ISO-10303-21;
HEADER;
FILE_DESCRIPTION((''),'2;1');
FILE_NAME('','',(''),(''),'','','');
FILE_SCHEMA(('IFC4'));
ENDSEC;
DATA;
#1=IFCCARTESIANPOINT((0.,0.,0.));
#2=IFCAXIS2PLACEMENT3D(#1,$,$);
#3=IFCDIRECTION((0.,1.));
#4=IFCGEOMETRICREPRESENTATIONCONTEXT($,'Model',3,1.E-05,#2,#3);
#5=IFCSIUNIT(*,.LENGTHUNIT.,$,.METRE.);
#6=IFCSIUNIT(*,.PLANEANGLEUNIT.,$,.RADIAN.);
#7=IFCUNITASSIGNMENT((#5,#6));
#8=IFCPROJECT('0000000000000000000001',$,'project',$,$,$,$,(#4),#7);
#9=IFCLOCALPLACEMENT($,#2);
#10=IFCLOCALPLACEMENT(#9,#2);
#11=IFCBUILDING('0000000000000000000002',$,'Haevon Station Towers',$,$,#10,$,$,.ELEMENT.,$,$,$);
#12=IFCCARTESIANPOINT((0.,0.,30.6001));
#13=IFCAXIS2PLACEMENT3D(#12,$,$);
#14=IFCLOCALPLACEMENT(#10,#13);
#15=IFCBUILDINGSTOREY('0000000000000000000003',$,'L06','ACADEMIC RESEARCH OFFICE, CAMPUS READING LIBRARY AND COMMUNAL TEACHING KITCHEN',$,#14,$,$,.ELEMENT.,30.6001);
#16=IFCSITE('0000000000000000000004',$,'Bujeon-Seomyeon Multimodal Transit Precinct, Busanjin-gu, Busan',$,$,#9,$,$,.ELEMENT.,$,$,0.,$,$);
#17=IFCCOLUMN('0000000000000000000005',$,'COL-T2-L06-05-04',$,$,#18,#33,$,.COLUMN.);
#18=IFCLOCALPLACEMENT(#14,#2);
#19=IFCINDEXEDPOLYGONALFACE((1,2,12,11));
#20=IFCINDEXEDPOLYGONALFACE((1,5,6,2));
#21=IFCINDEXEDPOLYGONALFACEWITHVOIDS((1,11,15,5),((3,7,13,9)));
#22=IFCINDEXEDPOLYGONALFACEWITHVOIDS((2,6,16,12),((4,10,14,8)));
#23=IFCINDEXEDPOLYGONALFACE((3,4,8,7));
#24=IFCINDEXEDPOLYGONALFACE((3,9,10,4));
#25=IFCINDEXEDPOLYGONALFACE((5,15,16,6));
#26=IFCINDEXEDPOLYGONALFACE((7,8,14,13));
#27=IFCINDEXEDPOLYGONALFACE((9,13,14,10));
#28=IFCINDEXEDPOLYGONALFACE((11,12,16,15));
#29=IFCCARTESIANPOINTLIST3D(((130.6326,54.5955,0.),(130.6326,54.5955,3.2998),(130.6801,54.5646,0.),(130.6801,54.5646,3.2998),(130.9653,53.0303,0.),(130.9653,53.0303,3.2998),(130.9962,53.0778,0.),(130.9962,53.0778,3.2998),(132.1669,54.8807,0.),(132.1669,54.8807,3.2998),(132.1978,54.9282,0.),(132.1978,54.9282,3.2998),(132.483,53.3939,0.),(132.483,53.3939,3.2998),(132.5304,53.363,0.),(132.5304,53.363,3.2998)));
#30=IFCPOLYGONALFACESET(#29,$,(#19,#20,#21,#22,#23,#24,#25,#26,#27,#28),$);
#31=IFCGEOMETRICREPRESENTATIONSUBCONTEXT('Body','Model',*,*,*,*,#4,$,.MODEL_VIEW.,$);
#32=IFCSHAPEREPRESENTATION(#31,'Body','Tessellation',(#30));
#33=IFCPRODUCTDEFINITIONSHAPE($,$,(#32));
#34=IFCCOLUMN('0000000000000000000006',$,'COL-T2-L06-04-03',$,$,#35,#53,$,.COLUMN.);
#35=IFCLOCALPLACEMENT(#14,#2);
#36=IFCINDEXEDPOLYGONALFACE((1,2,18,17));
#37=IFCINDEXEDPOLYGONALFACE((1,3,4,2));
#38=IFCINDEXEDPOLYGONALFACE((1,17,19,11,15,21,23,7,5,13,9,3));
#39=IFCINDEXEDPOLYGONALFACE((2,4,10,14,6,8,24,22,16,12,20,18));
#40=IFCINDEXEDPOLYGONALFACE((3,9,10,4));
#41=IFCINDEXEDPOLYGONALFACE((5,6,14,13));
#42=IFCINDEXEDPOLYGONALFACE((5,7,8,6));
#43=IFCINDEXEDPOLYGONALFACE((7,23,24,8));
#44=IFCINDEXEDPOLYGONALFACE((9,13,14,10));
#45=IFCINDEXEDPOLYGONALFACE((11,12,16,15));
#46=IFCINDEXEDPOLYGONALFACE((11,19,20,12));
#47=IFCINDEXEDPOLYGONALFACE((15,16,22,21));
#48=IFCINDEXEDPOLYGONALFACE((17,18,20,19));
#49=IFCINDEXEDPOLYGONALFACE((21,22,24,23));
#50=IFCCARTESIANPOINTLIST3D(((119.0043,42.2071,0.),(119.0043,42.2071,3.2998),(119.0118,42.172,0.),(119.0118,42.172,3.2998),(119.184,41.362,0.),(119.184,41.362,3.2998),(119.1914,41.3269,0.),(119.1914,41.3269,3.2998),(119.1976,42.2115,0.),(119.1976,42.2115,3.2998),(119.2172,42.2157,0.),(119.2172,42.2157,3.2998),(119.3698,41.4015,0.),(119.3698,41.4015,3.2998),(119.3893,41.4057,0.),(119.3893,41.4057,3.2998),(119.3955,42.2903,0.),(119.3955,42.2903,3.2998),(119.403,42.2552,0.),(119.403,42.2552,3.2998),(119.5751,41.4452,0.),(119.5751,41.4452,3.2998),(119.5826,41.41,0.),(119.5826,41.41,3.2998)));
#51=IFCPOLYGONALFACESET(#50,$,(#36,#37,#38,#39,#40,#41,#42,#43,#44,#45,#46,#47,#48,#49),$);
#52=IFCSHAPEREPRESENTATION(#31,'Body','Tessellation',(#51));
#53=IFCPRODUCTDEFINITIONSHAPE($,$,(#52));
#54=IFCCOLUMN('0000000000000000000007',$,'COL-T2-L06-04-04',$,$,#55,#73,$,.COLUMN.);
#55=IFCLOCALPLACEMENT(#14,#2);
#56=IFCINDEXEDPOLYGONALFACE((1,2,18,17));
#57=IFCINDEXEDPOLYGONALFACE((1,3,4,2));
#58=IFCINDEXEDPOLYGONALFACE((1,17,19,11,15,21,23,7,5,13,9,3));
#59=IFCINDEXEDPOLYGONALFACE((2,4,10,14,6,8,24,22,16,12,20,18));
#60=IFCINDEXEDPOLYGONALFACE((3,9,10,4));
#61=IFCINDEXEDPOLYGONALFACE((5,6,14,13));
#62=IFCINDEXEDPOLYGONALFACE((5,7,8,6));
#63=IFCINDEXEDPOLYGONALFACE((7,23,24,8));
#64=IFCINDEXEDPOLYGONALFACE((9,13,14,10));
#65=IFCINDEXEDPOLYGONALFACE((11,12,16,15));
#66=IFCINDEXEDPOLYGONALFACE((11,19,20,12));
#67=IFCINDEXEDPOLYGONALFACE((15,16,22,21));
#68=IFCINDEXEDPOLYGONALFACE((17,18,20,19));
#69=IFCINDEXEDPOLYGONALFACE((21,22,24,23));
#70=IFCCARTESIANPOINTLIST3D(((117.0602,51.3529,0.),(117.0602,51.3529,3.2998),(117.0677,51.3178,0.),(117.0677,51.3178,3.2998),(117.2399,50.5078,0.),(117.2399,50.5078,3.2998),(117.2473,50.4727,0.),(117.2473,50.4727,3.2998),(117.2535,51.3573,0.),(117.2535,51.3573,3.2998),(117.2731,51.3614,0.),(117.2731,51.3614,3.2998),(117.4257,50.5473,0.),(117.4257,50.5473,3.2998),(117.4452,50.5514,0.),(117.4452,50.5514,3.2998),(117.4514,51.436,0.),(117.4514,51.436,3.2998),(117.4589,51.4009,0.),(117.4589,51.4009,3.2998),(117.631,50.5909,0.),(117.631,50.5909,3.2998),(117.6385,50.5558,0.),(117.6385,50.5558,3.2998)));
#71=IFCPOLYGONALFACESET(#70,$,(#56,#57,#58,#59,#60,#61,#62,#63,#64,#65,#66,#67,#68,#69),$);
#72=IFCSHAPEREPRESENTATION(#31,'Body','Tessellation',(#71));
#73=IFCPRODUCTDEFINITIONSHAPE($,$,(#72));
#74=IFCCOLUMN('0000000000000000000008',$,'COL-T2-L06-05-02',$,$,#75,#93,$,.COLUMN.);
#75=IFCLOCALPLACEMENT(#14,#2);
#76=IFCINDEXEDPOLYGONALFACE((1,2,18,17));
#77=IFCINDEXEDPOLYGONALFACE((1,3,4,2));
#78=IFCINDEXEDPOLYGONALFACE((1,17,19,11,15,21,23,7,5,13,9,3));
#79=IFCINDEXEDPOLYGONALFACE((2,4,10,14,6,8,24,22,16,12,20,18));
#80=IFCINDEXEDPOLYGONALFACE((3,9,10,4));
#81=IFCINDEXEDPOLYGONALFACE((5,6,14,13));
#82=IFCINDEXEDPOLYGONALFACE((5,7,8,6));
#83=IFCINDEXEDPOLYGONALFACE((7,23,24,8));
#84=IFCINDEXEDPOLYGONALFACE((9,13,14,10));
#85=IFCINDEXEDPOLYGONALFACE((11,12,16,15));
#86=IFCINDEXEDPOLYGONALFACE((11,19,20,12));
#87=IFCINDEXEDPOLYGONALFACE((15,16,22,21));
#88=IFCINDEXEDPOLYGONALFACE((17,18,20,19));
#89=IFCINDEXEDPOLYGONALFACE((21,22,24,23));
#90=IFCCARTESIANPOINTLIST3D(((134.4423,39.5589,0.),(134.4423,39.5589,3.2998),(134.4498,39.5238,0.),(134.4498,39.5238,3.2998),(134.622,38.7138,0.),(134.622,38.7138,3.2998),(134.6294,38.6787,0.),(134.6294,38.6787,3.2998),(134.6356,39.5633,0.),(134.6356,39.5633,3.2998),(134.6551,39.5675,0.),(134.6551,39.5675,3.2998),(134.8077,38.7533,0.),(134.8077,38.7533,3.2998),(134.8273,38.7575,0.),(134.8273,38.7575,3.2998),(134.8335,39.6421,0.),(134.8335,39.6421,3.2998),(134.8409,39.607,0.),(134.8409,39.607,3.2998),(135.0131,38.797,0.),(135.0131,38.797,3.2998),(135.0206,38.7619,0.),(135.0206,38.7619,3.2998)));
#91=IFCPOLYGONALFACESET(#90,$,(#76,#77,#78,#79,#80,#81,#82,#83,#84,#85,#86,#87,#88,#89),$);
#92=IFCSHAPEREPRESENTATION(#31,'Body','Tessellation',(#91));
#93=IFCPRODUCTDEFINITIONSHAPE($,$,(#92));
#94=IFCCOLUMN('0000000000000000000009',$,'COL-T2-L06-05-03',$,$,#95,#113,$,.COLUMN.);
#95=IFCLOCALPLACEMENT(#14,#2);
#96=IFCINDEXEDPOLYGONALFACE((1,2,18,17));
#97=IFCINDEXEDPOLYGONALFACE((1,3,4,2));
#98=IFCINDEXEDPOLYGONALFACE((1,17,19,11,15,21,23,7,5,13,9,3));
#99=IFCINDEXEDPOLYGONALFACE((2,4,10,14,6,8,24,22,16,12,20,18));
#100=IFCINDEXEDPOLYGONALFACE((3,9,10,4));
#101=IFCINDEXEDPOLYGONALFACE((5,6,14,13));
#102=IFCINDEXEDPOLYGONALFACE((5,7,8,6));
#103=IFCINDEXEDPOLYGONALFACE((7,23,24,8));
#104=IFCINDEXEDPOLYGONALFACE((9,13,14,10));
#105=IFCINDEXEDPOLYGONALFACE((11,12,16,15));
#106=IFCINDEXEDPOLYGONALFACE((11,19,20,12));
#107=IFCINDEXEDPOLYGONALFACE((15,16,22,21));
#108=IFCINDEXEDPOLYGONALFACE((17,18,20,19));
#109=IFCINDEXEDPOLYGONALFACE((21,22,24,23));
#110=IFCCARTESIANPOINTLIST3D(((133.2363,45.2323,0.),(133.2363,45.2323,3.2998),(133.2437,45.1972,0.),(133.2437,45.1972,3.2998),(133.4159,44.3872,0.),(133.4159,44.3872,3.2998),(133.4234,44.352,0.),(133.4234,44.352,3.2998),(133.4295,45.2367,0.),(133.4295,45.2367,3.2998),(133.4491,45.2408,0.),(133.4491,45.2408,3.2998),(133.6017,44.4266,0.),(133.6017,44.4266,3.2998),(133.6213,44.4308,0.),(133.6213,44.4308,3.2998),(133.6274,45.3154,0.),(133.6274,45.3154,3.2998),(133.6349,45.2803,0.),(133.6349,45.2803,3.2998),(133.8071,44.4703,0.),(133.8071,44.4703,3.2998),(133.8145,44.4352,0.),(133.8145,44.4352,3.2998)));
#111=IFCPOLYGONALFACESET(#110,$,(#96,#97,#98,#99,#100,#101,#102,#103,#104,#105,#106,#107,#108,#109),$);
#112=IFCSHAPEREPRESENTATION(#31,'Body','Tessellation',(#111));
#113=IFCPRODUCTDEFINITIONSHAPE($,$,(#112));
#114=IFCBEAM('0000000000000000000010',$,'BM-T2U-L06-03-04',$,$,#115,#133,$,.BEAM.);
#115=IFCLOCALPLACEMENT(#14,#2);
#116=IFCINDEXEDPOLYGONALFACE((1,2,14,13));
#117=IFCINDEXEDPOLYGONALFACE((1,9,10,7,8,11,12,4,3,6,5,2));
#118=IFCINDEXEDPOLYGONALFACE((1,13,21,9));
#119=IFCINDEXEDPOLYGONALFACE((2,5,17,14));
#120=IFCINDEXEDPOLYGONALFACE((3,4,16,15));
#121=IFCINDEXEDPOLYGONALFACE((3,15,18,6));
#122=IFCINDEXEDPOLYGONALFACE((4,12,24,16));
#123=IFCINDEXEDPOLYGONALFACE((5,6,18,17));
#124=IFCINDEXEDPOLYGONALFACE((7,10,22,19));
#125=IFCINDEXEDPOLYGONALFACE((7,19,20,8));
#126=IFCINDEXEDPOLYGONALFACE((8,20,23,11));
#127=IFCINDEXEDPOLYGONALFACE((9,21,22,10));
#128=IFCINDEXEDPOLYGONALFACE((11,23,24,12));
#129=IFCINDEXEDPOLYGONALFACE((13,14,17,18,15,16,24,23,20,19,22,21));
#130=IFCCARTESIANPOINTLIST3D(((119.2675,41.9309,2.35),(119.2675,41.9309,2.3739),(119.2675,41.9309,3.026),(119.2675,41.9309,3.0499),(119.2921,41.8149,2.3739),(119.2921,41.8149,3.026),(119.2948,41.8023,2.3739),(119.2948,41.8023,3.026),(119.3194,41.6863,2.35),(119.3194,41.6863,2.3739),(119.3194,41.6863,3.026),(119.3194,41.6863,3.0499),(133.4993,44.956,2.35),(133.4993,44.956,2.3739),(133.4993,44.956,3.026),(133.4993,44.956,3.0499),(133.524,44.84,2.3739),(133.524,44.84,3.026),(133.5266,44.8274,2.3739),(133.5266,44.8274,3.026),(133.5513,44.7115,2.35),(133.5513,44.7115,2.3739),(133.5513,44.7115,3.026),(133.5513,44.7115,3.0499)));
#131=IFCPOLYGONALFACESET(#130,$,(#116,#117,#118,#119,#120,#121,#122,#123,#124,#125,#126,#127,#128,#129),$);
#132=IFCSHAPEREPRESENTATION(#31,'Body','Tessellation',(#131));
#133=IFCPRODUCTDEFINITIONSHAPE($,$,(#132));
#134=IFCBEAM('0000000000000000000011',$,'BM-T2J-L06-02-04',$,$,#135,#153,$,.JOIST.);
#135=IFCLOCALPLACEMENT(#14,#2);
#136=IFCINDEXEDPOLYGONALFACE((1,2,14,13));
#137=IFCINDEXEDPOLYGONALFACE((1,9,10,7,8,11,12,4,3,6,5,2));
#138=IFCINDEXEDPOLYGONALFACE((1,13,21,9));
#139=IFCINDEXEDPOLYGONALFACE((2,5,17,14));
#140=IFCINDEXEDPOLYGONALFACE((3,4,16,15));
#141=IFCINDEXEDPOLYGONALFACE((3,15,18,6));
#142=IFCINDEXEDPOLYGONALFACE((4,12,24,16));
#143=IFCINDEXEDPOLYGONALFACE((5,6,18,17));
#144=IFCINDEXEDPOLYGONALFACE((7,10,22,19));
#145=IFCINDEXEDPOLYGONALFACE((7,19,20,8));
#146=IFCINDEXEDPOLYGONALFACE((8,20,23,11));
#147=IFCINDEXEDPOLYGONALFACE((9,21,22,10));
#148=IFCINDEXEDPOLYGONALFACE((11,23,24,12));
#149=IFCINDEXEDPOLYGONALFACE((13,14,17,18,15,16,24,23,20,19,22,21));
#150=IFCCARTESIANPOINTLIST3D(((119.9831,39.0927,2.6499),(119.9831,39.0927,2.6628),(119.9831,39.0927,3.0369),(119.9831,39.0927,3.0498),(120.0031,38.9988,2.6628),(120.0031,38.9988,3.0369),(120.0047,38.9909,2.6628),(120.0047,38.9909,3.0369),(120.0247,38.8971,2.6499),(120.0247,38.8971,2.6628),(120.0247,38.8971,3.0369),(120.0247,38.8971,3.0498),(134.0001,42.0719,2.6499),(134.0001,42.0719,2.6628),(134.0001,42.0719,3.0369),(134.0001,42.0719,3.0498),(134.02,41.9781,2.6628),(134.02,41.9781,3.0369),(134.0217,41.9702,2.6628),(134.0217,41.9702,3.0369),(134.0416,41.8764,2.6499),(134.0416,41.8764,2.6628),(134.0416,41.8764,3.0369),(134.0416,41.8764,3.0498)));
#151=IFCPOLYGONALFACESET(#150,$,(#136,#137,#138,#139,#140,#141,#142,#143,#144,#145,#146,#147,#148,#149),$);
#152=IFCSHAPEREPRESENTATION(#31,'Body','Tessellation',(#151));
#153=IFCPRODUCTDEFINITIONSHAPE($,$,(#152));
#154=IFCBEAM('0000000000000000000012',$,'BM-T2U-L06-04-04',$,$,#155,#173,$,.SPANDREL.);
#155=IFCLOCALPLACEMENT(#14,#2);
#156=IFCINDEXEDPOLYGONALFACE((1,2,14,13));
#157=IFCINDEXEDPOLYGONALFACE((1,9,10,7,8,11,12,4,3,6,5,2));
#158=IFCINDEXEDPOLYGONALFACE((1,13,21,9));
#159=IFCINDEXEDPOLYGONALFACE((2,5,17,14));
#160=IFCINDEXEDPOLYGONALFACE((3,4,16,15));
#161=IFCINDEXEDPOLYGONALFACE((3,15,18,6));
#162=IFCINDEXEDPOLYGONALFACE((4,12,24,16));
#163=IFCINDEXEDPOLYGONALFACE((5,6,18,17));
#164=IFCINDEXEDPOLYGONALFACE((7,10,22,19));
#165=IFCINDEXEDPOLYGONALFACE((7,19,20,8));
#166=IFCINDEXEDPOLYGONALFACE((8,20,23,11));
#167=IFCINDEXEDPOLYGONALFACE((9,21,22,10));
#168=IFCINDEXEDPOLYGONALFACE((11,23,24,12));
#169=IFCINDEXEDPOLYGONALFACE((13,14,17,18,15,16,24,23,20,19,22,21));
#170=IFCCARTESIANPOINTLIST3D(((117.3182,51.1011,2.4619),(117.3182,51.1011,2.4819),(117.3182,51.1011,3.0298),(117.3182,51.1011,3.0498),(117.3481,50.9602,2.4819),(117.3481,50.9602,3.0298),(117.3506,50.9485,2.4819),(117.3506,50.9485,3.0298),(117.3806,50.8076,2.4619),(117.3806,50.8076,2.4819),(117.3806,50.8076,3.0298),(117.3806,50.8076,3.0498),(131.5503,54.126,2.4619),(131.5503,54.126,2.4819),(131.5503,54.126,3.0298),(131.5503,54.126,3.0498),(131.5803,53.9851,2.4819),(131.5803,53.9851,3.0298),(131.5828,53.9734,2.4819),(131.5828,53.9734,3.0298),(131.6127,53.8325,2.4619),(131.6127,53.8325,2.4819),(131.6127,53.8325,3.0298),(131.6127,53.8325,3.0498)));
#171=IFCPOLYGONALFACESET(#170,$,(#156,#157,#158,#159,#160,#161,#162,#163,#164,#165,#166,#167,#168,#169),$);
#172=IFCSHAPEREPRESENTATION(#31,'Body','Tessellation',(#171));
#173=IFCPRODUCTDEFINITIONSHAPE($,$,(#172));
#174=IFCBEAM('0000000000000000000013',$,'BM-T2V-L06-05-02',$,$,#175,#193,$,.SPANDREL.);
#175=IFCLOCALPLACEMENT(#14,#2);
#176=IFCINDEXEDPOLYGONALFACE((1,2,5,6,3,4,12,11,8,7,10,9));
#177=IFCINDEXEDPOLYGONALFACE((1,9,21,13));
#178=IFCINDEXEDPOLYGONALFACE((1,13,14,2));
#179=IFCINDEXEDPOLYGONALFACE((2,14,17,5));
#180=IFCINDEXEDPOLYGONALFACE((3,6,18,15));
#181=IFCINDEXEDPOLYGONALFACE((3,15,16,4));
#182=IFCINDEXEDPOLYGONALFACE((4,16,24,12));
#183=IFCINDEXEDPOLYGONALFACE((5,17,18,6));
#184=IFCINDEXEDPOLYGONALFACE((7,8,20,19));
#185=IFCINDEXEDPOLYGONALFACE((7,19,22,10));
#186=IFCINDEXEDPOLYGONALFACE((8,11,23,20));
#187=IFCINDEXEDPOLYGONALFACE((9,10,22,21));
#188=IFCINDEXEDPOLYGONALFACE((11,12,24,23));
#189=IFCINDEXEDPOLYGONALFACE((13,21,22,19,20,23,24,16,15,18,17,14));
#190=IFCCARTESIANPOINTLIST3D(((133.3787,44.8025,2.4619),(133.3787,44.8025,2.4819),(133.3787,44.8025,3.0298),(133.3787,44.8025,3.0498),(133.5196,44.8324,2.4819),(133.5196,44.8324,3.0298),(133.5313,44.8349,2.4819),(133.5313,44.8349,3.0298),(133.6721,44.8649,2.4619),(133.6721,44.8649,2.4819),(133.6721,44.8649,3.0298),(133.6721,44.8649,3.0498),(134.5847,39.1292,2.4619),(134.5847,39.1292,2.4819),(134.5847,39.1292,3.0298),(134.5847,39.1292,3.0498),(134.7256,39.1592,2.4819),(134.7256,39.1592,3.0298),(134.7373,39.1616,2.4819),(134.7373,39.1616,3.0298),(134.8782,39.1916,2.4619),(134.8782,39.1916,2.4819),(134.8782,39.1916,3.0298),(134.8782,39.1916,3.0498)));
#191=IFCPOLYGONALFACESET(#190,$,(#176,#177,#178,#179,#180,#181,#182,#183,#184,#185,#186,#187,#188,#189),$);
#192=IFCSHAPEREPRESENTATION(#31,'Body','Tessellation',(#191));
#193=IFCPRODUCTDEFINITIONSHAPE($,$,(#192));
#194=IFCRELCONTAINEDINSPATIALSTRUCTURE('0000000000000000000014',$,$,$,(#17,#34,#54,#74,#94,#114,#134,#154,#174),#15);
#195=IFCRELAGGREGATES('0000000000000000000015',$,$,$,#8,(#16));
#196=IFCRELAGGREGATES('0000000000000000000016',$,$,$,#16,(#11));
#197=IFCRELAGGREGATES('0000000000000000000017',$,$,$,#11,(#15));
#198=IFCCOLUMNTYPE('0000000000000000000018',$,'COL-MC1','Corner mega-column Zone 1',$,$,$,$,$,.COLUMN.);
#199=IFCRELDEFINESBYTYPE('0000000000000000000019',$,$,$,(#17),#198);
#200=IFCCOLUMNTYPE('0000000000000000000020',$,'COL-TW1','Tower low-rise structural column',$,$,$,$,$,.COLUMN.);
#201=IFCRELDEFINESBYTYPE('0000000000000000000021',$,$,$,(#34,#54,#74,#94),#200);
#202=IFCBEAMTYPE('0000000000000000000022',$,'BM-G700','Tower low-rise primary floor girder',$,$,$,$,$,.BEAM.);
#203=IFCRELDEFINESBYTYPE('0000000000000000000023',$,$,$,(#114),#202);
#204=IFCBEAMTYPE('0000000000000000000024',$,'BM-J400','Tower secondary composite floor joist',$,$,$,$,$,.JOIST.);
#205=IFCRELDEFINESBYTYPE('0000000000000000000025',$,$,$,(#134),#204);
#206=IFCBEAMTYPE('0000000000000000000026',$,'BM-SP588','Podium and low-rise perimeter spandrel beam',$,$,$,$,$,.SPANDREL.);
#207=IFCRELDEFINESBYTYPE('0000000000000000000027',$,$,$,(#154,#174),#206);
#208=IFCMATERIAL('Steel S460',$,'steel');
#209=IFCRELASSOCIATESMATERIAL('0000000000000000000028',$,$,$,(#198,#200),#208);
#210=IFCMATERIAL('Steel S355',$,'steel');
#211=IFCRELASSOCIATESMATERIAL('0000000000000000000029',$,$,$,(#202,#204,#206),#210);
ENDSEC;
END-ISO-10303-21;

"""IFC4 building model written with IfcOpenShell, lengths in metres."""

from ifc_helpers import new_model, si_unit, direction, frame, origin, origin_2d, place, context, subcontext, project, spatial, hollow_rectangle, i_section, extrude, material, material_profile, profile_set, type_object, element, save


model = new_model("IFC4")

# Units and contexts
model_context = context("Model", 3, precision=1e-05, world=origin(), true_north=direction((0.0, 1.0)))
body_context = subcontext(model_context, "Body", "Model", "MODEL_VIEW")
ifc_project = project(units=[si_unit("LENGTHUNIT", "METRE"), si_unit("PLANEANGLEUNIT", "RADIAN")], contexts=[model_context])

# Site, building, storey
site_placement = place(None, origin())
site = spatial("IfcSite", under=ifc_project, at=site_placement, Name="Bujeon-Seomyeon Multimodal Transit Precinct, Busanjin-gu, Busan", CompositionType="ELEMENT", RefElevation=0.0)
building_placement = place(site_placement, origin())
building = spatial("IfcBuilding", under=site, at=building_placement, Name="Haevon Station Towers", CompositionType="ELEMENT")
storey_placement = place(building_placement, frame((0.0, 0.0, 30.6001)))
storey = spatial("IfcBuildingStorey", under=building, at=storey_placement, Name="L06", Description="ACADEMIC RESEARCH OFFICE, CAMPUS READING LIBRARY AND COMMUNAL TEACHING KITCHEN", CompositionType="ELEMENT", Elevation=30.6001)

# Columns
ifc_material_1 = material(Name="Steel S460", Category="steel")
ifc_material_profile_1 = material_profile(ifc_material_1, hollow_rectangle(XDim=1.6001, YDim=1.6001, WallThickness=0.04, at=origin_2d()), Name="BOX-1600x1600x40")
ifc_profile_set_1 = profile_set([ifc_material_profile_1], Name="Steel S460")
column_type_1 = type_object("IfcColumnType", Name="COL-MC1", Description="Corner mega-column Zone 1", PredefinedType="COLUMN", material=ifc_profile_set_1)
column_placement = place(storey_placement, frame((131.5815, 53.9792, 0.0), z_axis=(0.0, 0.0, 1.0), x_axis=(0.978148, 0.207912, 0.0)))
element("IfcColumn", 1, at=column_placement, inside=storey, type_object=column_type_1, Name="COL-T2-L06-05-04", PredefinedType="COLUMN", context=body_context, shape_type="SweptSolid", body=[
    extrude(hollow_rectangle(XDim=1.6001, YDim=1.6001, WallThickness=0.04, at=origin_2d()), origin(), (0.0, 0.0, 1.0), 3.2998),
])
ifc_material_profile_2 = material_profile(ifc_material_1, i_section(OverallWidth=0.3999, OverallDepth=0.8999, WebThickness=0.02, FlangeThickness=0.0359, at=origin_2d()), Name="H-900x400x20x36")
ifc_profile_set_2 = profile_set([ifc_material_profile_2], Name="Steel S460")
column_type_2 = type_object("IfcColumnType", Name="COL-TW1", Description="Tower low-rise structural column", PredefinedType="COLUMN", material=ifc_profile_set_2)
for number, where, z_axis, x_axis, name in (
    (2, (119.2935, 41.8086, 0.0), (0.0, 0.0, 1.0), (0.978148, 0.207912, 0.0), "COL-T2-L06-04-03"),
    (3, (117.3494, 50.9543, 0.0), (0.0, 0.0, 1.0), (0.978148, 0.207912, 0.0), "COL-T2-L06-04-04"),
    (4, (134.7314, 39.1604, 0.0), (0.0, 0.0, 1.0), (0.978148, 0.207912, 0.0), "COL-T2-L06-05-02"),
    (5, (133.5254, 44.8337, 0.0), (0.0, 0.0, 1.0), (0.978148, 0.207912, 0.0), "COL-T2-L06-05-03"),
):
    element("IfcColumn", number, at=place(storey_placement, frame(where, z_axis=z_axis, x_axis=x_axis)), inside=storey, type_object=column_type_2, Name=name, PredefinedType="COLUMN", context=body_context, shape_type="SweptSolid", body=[
        extrude(i_section(OverallWidth=0.3999, OverallDepth=0.8999, WebThickness=0.02, FlangeThickness=0.0359, at=origin_2d()), origin(), (0.0, 0.0, 1.0), 3.2998),
    ])

# Beams
ifc_material_2 = material(Name="Steel S355", Category="steel")
ifc_material_profile_3 = material_profile(ifc_material_2, i_section(OverallWidth=0.25, OverallDepth=0.7, WebThickness=0.0129, FlangeThickness=0.0239, at=origin_2d()), Name="H-700x250x13x24")
ifc_profile_set_3 = profile_set([ifc_material_profile_3], Name="Steel S355")
beam_type_1 = type_object("IfcBeamType", Name="BM-G700", Description="Tower low-rise primary floor girder", PredefinedType="BEAM", material=ifc_profile_set_3)
beam_1_placement = place(storey_placement, frame((119.2935, 41.8086, 2.7), z_axis=(0.978147, 0.207915, 0.0), x_axis=(-0.207915, 0.978147, 0.0)))
element("IfcBeam", 6, at=beam_1_placement, inside=storey, type_object=beam_type_1, Name="BM-T2U-L06-03-04", PredefinedType="BEAM", context=body_context, shape_type="SweptSolid", body=[
    extrude(i_section(OverallWidth=0.25, OverallDepth=0.7, WebThickness=0.0129, FlangeThickness=0.0239, at=origin_2d()), origin(), (0.0, 0.0, 1.0), 14.5498),
])
ifc_material_profile_4 = material_profile(ifc_material_2, i_section(OverallWidth=0.2, OverallDepth=0.3999, WebThickness=0.0081, FlangeThickness=0.0129, at=origin_2d()), Name="H-400x200x8x13")
ifc_profile_set_4 = profile_set([ifc_material_profile_4], Name="Steel S355")
beam_type_2 = type_object("IfcBeamType", Name="BM-J400", Description="Tower secondary composite floor joist", PredefinedType="JOIST", material=ifc_profile_set_4)
beam_2_placement = place(storey_placement, frame((120.0039, 38.9949, 2.8499), z_axis=(0.978149, 0.207903, 0.0), x_axis=(-0.207903, 0.978149, 0.0)))
element("IfcBeam", 7, at=beam_2_placement, inside=storey, type_object=beam_type_2, Name="BM-T2J-L06-02-04", PredefinedType="JOIST", context=body_context, shape_type="SweptSolid", body=[
    extrude(i_section(OverallWidth=0.2, OverallDepth=0.3999, WebThickness=0.0081, FlangeThickness=0.0129, at=origin_2d()), origin(), (0.0, 0.0, 1.0), 14.3301),
])
ifc_material_profile_5 = material_profile(ifc_material_2, i_section(OverallWidth=0.3, OverallDepth=0.5879, WebThickness=0.012, FlangeThickness=0.02, at=origin_2d()), Name="H-588x300x12x20")
ifc_profile_set_5 = profile_set([ifc_material_profile_5], Name="Steel S355")
beam_type_3 = type_object("IfcBeamType", Name="BM-SP588", Description="Podium and low-rise perimeter spandrel beam", PredefinedType="SPANDREL", material=ifc_profile_set_5)
beam_3_placement = place(storey_placement, frame((117.3494, 50.9543, 2.7559), z_axis=(0.978151, 0.207896, 0.0), x_axis=(-0.207896, 0.978151, 0.0)))
element("IfcBeam", 8, at=beam_3_placement, inside=storey, type_object=beam_type_3, Name="BM-T2U-L06-04-04", PredefinedType="SPANDREL", context=body_context, shape_type="SweptSolid", body=[
    extrude(i_section(OverallWidth=0.3, OverallDepth=0.5879, WebThickness=0.012, FlangeThickness=0.02, at=origin_2d()), origin(), (0.0, 0.0, 1.0), 14.55),
])
beam_4_placement = place(storey_placement, frame((134.7314, 39.1604, 2.7559), z_axis=(-0.207936, 0.978142, 0.0), x_axis=(-0.978142, -0.207936, 0.0)))
element("IfcBeam", 9, at=beam_4_placement, inside=storey, type_object=beam_type_3, Name="BM-T2V-L06-05-02", PredefinedType="SPANDREL", context=body_context, shape_type="SweptSolid", body=[
    extrude(i_section(OverallWidth=0.3, OverallDepth=0.5879, WebThickness=0.012, FlangeThickness=0.02, at=origin_2d()), origin(), (0.0, 0.0, 1.0), 5.8),
])

save(model, "model.ifc")
